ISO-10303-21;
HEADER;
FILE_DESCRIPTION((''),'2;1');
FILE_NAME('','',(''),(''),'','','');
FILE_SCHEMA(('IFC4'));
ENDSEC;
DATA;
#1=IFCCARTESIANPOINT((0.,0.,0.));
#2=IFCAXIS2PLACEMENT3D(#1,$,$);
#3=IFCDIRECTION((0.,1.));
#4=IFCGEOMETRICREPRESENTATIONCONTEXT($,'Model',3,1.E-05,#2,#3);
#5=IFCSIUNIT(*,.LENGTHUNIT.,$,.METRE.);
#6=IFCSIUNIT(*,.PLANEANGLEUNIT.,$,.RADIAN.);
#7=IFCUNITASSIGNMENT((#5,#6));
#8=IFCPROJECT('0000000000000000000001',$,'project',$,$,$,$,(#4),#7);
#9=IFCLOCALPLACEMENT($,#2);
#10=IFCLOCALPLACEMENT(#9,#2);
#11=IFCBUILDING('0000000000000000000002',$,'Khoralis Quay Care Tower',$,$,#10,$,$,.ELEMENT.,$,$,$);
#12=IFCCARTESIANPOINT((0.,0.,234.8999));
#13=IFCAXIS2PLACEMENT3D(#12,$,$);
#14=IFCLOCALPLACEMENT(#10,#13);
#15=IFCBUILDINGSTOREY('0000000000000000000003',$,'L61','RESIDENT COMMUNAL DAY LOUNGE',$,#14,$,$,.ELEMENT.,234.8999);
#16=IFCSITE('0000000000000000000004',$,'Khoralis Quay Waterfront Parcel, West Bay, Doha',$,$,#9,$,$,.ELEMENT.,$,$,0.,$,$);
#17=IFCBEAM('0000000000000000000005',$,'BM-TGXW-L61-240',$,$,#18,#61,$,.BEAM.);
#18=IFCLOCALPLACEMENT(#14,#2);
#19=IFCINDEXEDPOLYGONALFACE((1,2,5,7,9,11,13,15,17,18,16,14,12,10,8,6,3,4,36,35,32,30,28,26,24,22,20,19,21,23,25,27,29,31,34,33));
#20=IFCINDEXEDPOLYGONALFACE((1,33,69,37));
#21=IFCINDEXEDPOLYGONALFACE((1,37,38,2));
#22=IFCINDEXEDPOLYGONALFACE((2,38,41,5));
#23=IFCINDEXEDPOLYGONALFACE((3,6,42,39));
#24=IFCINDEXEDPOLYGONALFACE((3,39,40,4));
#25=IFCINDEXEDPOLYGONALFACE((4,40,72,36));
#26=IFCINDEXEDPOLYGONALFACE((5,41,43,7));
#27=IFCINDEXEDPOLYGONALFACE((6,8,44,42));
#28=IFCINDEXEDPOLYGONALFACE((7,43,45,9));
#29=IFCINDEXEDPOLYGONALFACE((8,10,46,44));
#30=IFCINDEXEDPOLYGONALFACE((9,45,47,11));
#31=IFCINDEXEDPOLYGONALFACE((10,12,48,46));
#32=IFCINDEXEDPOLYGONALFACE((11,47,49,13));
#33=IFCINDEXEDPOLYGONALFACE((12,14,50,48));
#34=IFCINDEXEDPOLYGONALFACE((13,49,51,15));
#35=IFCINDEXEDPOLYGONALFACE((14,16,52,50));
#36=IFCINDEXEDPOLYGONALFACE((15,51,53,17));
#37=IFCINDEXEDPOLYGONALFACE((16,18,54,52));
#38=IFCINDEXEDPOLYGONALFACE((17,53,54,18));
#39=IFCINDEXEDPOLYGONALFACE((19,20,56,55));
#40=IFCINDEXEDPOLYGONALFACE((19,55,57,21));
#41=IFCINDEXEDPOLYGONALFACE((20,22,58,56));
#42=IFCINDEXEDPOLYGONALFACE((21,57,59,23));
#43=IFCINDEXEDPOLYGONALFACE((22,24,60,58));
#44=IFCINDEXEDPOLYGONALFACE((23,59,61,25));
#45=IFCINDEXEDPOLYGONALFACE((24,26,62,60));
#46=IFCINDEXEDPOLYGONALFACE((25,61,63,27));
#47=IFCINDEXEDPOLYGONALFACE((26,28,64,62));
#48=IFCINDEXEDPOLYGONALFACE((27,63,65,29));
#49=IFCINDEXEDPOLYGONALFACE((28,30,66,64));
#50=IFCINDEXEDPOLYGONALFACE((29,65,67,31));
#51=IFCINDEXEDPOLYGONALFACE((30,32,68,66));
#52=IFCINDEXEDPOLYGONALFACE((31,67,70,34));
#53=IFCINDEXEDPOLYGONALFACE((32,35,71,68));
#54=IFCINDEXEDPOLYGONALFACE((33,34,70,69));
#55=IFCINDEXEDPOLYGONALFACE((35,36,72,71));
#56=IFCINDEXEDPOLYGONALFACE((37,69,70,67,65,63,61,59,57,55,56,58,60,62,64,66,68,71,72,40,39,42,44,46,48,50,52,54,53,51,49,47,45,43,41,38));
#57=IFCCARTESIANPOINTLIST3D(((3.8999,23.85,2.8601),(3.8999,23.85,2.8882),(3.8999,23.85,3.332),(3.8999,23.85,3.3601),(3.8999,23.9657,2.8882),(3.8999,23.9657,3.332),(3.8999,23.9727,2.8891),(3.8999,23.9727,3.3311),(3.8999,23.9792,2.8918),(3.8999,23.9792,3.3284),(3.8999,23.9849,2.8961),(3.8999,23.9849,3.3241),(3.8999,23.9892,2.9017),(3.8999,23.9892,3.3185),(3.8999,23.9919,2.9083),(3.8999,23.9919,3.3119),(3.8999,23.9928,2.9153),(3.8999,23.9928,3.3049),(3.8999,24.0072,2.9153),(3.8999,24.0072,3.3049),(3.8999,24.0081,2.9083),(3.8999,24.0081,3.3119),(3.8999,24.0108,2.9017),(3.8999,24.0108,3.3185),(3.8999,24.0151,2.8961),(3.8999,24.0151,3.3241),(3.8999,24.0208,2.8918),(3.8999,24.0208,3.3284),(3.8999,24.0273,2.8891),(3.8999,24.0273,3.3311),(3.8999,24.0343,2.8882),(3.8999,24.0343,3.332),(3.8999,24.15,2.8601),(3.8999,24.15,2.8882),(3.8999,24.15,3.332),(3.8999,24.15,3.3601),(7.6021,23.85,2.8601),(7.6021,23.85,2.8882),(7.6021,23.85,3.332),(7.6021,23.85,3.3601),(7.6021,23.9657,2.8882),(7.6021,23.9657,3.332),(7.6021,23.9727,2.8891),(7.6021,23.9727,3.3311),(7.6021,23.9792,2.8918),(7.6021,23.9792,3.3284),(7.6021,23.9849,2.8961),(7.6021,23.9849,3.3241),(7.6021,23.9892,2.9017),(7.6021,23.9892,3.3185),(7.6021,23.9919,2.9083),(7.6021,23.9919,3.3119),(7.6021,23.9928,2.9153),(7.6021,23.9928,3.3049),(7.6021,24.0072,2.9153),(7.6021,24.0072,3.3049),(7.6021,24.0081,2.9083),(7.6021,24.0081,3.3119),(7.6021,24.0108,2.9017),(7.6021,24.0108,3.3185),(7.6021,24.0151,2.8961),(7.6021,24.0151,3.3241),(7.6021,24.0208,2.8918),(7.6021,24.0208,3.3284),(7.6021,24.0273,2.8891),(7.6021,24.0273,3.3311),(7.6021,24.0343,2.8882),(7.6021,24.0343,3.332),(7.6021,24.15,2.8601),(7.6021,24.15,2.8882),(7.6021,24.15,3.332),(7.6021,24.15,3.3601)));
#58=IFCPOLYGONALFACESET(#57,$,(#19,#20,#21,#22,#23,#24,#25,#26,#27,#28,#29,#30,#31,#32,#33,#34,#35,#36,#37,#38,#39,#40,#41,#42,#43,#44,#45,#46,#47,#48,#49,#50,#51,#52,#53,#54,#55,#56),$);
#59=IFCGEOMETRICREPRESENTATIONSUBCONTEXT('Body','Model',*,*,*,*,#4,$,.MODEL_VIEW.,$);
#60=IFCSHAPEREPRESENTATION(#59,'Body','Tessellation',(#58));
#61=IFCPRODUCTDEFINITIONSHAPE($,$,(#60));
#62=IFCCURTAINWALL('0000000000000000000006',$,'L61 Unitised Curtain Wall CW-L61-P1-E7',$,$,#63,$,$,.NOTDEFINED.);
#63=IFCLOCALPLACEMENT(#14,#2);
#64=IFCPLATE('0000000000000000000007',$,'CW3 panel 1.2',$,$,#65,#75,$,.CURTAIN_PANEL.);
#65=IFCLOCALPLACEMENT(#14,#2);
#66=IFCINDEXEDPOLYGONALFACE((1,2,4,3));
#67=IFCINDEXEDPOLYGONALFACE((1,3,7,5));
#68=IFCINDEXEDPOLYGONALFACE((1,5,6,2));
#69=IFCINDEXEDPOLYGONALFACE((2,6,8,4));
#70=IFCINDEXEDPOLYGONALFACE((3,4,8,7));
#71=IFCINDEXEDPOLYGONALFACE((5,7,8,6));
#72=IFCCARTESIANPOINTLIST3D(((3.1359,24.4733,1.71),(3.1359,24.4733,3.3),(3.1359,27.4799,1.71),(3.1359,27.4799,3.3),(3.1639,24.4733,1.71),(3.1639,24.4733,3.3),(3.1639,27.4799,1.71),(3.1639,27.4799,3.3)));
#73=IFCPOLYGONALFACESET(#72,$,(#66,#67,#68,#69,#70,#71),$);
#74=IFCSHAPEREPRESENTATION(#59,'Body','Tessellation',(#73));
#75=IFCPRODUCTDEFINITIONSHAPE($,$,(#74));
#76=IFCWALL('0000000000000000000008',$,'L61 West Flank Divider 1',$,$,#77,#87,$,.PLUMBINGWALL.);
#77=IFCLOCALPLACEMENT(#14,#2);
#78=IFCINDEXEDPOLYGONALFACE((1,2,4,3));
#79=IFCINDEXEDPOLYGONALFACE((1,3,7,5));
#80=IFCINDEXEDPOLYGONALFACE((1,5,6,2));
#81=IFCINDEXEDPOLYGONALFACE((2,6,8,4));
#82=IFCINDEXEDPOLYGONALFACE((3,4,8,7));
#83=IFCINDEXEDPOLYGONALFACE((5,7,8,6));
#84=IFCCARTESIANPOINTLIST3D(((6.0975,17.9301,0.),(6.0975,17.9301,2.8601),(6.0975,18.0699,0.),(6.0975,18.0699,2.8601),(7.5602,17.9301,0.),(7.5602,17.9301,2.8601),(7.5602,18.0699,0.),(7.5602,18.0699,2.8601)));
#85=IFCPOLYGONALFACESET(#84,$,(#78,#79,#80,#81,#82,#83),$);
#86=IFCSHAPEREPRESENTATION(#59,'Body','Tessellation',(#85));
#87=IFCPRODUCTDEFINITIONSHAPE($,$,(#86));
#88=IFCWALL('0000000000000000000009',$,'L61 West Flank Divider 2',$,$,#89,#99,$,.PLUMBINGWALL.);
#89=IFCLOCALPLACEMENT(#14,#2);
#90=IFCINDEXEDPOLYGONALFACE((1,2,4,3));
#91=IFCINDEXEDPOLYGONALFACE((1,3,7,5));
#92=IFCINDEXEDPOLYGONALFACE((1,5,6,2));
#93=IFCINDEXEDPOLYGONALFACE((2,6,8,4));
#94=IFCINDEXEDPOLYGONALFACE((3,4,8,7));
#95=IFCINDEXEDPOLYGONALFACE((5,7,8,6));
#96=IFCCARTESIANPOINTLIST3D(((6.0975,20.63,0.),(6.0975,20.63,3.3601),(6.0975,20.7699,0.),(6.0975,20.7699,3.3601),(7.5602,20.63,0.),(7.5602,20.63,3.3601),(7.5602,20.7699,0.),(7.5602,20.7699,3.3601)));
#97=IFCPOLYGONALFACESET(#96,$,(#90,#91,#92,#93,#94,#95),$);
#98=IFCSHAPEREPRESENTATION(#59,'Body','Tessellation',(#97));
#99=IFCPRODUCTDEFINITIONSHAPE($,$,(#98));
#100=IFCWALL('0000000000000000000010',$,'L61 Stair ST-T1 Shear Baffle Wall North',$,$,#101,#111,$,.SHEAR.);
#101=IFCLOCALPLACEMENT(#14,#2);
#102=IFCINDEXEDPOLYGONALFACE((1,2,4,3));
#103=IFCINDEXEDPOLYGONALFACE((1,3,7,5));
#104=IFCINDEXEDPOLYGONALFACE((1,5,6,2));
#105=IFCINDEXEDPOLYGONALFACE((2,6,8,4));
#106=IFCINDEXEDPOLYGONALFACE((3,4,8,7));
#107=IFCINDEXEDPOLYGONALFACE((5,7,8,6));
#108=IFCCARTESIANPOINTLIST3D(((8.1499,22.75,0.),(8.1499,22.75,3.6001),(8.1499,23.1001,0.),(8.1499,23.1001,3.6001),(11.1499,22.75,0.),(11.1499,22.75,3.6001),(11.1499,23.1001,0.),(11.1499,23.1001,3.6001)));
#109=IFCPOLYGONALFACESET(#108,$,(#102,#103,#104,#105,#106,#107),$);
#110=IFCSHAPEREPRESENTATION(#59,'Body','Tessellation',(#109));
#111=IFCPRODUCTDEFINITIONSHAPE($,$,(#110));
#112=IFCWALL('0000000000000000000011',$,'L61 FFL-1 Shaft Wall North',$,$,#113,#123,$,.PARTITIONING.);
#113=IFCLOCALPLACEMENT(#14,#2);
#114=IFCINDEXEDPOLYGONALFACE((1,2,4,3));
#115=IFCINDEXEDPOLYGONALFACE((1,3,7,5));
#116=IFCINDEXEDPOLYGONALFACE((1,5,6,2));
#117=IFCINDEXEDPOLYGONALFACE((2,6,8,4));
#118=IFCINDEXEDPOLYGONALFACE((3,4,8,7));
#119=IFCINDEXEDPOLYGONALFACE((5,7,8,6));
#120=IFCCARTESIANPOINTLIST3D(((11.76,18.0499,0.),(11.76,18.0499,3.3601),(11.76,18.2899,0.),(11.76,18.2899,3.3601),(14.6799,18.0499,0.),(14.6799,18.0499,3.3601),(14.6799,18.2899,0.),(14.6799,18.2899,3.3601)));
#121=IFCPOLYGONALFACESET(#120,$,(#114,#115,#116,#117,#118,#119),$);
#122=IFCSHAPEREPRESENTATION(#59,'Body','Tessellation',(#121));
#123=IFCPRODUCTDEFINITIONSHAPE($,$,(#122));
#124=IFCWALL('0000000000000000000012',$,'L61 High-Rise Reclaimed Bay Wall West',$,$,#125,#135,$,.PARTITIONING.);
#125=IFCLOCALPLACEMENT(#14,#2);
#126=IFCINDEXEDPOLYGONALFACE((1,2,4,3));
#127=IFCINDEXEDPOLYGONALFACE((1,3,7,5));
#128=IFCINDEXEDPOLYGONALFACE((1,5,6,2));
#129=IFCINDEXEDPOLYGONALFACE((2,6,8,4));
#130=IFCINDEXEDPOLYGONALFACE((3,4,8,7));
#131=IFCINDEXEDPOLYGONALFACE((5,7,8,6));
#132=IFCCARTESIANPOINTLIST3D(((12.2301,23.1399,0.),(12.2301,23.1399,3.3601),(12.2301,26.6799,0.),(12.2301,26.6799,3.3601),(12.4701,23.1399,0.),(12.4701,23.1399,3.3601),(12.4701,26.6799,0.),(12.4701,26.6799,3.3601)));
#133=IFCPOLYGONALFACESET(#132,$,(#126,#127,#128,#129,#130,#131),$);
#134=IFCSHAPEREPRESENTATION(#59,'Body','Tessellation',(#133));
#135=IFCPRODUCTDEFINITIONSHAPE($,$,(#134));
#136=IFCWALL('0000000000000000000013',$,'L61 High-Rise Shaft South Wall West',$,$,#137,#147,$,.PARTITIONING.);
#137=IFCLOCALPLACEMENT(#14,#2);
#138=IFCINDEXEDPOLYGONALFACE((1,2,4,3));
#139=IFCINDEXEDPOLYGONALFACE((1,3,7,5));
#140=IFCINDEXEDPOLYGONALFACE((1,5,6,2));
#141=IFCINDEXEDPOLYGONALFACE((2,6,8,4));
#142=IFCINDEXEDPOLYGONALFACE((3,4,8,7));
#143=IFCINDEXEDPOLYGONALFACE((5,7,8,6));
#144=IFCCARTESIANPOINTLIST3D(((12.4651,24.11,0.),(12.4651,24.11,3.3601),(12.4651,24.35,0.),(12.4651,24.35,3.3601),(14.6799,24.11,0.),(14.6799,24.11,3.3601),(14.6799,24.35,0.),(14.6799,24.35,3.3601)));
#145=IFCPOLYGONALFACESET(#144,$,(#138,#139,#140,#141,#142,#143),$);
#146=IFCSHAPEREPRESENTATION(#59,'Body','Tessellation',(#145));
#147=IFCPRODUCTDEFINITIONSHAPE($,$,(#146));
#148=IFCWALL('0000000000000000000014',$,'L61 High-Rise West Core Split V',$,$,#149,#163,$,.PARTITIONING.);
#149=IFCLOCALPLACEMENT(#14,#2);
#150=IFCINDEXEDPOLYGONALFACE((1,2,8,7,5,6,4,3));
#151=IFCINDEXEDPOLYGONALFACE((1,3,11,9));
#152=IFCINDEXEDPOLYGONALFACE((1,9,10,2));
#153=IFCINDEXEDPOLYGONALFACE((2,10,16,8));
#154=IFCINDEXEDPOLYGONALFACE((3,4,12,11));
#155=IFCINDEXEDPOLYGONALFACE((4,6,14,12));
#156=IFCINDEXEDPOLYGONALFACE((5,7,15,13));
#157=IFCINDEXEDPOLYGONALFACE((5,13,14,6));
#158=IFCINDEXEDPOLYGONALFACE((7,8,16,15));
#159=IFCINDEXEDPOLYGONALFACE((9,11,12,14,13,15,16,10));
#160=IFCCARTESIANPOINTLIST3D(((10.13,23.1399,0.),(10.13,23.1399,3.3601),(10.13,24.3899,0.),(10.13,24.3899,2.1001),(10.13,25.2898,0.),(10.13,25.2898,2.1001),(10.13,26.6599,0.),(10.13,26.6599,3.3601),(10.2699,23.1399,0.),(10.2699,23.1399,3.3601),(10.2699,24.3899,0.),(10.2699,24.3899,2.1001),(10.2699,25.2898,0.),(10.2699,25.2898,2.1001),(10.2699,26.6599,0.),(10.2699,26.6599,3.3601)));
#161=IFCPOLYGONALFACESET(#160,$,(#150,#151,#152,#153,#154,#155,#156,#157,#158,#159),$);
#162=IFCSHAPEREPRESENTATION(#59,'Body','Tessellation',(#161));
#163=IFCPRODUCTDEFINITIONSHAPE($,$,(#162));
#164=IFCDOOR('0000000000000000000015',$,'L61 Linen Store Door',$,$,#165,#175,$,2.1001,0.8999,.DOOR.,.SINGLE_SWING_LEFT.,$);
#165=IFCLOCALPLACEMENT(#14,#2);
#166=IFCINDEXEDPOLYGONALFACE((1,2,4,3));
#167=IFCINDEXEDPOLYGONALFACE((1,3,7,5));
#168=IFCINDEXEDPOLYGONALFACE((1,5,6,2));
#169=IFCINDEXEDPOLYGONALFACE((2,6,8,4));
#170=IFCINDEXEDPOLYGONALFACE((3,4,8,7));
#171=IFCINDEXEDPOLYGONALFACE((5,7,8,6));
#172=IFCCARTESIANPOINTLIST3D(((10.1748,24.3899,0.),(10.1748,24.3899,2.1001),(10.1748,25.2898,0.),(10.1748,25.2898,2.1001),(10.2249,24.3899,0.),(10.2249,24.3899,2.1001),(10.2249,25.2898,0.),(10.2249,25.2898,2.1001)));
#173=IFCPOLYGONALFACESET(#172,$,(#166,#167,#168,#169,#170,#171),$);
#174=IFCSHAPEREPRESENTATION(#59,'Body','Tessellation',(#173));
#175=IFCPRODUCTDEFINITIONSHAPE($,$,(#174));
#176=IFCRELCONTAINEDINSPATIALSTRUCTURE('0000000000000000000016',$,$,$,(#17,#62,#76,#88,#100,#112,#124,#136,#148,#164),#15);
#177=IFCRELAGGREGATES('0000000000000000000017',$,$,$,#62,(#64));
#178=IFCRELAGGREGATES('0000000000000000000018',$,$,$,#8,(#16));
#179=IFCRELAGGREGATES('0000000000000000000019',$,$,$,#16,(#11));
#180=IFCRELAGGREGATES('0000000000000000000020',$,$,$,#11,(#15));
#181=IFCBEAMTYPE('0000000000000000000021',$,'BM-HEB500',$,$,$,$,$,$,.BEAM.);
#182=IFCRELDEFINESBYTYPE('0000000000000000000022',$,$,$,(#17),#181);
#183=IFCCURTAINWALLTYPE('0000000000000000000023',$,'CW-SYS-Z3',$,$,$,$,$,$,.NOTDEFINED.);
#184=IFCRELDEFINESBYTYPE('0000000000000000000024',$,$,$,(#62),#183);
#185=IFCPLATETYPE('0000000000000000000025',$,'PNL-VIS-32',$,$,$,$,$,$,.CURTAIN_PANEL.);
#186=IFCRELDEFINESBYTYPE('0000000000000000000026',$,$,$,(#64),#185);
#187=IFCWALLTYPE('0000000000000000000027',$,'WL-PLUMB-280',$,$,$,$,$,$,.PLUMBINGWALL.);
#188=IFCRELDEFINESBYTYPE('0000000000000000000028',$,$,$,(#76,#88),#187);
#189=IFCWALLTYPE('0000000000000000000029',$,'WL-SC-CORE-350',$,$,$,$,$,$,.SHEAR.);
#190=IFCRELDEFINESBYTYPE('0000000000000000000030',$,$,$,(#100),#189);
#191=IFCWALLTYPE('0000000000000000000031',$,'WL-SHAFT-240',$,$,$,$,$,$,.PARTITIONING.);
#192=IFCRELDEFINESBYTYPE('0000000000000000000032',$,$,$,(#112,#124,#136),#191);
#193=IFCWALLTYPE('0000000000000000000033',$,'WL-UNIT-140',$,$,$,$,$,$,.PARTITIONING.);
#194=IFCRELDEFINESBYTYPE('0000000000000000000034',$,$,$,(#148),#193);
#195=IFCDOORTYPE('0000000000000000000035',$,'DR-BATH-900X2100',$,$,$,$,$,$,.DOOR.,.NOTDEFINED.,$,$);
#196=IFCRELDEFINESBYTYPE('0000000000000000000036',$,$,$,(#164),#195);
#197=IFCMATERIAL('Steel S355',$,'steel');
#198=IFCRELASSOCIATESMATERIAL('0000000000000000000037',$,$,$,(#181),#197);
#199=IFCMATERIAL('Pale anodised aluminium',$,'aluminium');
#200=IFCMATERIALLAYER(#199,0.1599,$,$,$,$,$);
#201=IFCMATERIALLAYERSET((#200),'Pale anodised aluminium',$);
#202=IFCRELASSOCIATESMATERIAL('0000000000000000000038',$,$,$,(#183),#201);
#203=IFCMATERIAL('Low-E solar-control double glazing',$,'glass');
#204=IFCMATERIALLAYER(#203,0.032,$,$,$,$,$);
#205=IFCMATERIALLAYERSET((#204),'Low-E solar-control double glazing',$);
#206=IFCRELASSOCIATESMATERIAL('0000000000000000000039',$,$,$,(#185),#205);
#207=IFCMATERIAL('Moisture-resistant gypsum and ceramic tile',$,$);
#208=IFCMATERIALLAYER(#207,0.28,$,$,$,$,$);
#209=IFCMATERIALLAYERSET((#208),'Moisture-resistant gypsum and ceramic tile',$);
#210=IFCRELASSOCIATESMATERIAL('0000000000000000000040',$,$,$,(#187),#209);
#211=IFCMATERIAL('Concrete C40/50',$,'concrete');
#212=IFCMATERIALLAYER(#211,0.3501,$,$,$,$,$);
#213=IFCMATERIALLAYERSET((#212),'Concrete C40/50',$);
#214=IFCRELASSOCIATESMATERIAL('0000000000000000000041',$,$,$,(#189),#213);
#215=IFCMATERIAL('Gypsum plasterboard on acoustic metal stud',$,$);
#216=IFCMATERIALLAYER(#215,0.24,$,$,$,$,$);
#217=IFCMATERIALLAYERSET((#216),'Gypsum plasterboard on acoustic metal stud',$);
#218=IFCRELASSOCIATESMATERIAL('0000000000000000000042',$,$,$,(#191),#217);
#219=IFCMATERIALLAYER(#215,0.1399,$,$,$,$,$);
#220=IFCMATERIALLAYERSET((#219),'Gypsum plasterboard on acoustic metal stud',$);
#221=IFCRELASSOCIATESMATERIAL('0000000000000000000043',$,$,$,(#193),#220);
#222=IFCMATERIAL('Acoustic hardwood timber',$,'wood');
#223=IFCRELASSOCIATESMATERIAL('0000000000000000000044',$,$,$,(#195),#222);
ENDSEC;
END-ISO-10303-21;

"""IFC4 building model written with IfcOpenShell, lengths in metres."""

from ifc_helpers import new_model, si_unit, direction, frame, frame_2d, origin, origin_2d, place, context, subcontext, project, spatial, rectangle, i_section, extrude, source, transform, mapped, material, layer, layer_set, material_profile, profile_set, type_object, element, fill, aggregate, save


model = new_model("IFC4")

# Units and contexts
model_context = context("Model", 3, precision=1e-05, world=origin(), true_north=direction((0.0, 1.0)))
body_context = subcontext(model_context, "Body", "Model", "MODEL_VIEW")
ifc_project = project(units=[si_unit("LENGTHUNIT", "METRE"), si_unit("PLANEANGLEUNIT", "RADIAN")], contexts=[model_context])

# Site, building, storey
site_placement = place(None, origin())
site = spatial("IfcSite", under=ifc_project, at=site_placement, Name="Khoralis Quay Waterfront Parcel, West Bay, Doha", CompositionType="ELEMENT", RefElevation=0.0)
building_placement = place(site_placement, origin())
building = spatial("IfcBuilding", under=site, at=building_placement, Name="Khoralis Quay Care Tower", CompositionType="ELEMENT")
storey_placement = place(building_placement, frame((0.0, 0.0, 234.8999)))
storey = spatial("IfcBuildingStorey", under=building, at=storey_placement, Name="L61", Description="RESIDENT COMMUNAL DAY LOUNGE", CompositionType="ELEMENT", Elevation=234.8999)

# Beam
ifc_material_1 = material(Name="Steel S355", Category="steel")
ifc_material_profile_1 = material_profile(ifc_material_1, i_section(OverallWidth=0.3, OverallDepth=0.5, WebThickness=0.0144, FlangeThickness=0.0281, FilletRadius=0.0271, at=origin_2d()), Name="Steel S355")
ifc_profile_set_1 = profile_set([ifc_material_profile_1], Name="Steel S355")
beam_type_1 = type_object("IfcBeamType", Name="BM-HEB500", PredefinedType="BEAM", material=ifc_profile_set_1)
shared_shape_1 = source(origin(), body_context, "Body", "SweptSolid", [
    extrude(i_section(OverallWidth=0.3, OverallDepth=0.5, WebThickness=0.0144, FlangeThickness=0.0281, FilletRadius=0.0271, at=origin_2d()), origin(), (0.0, 0.0, 1.0), 3.7021),
])
for number, where, z_axis, x_axis, name in (
    (1, (3.8999, 24.0, 3.1101), (1.0, 0.0, 0.0), (0.0, 1.0, 0.0), "BM-TGXW-L61-240"),
):
    element("IfcBeam", number, at=place(storey_placement, frame(where, z_axis=z_axis, x_axis=x_axis)), inside=storey, type_object=beam_type_1, Name=name, PredefinedType="BEAM", context=body_context, shape_type="MappedRepresentation", body=[
        mapped(shared_shape_1, transform((0.0, 0.0, 0.0), scale=1.0)),
    ])

# Curtain wall, plate
ifc_material_2 = material(Name="Pale anodised aluminium", Category="aluminium")
ifc_layer_1 = layer(ifc_material_2, 0.1599)
ifc_layer_set_1 = layer_set([ifc_layer_1], Name="Pale anodised aluminium")
curtain_wall_type = type_object("IfcCurtainWallType", Name="CW-SYS-Z3", PredefinedType="NOTDEFINED", material=ifc_layer_set_1)
curtain_wall_placement = place(storey_placement, origin())
curtain_wall = element("IfcCurtainWall", 2, at=curtain_wall_placement, inside=storey, type_object=curtain_wall_type, Name="L61 Unitised Curtain Wall CW-L61-P1-E7", PredefinedType="NOTDEFINED")
ifc_material_3 = material(Name="Low-E solar-control double glazing", Category="glass")
ifc_layer_2 = layer(ifc_material_3, 0.032)
ifc_layer_set_2 = layer_set([ifc_layer_2], Name="Low-E solar-control double glazing")
plate_type = type_object("IfcPlateType", Name="PNL-VIS-32", PredefinedType="CURTAIN_PANEL", material=ifc_layer_set_2)
shared_shape_2 = source(origin(), body_context, "Body", "SweptSolid", [
    extrude(rectangle(XDim=3.0066, YDim=0.0281, at=origin_2d()), origin(), (0.0, 0.0, 1.0), 1.5901),
])
plate_placement = place(storey_placement, frame((3.1499, 25.9766, 1.71), z_axis=(0.0, 0.0, 1.0), x_axis=(0.0, -1.0, 0.0)))
plate = element("IfcPlate", 3, at=plate_placement, type_object=plate_type, Name="CW3 panel 1.2", PredefinedType="CURTAIN_PANEL", context=body_context, shape_type="MappedRepresentation", body=[
    mapped(shared_shape_2, transform((0.0, 0.0, 0.0), scale=1.0)),
])
aggregate(curtain_wall, [plate])

# Walls
ifc_material_4 = material(Name="Moisture-resistant gypsum and ceramic tile")
ifc_layer_3 = layer(ifc_material_4, 0.28)
ifc_layer_set_3 = layer_set([ifc_layer_3], Name="Moisture-resistant gypsum and ceramic tile")
wall_type_1 = type_object("IfcWallType", Name="WL-PLUMB-280", PredefinedType="PLUMBINGWALL", material=ifc_layer_set_3)
wall_1_placement = place(storey_placement, frame((6.0974, 18.0, 0.0), z_axis=(0.0, 0.0, 1.0), x_axis=(1.0, 0.0, 0.0)))
element("IfcWall", 4, at=wall_1_placement, inside=storey, type_object=wall_type_1, Name="L61 West Flank Divider 1", PredefinedType="PLUMBINGWALL", context=body_context, shape_type="SweptSolid", body=[
    extrude(rectangle(XDim=1.4626, YDim=0.1399, at=frame_2d((0.7314, 0.0))), origin(), (0.0, 0.0, 1.0), 2.8601),
])
wall_2_placement = place(storey_placement, frame((6.0974, 20.7, 0.0), z_axis=(0.0, 0.0, 1.0), x_axis=(1.0, 0.0, 0.0)))
element("IfcWall", 5, at=wall_2_placement, inside=storey, type_object=wall_type_1, Name="L61 West Flank Divider 2", PredefinedType="PLUMBINGWALL", context=body_context, shape_type="SweptSolid", body=[
    extrude(rectangle(XDim=1.4626, YDim=0.1399, at=frame_2d((0.7314, 0.0))), origin(), (0.0, 0.0, 1.0), 3.3601),
])
ifc_material_5 = material(Name="Concrete C40/50", Category="concrete")
ifc_layer_4 = layer(ifc_material_5, 0.3501)
ifc_layer_set_4 = layer_set([ifc_layer_4], Name="Concrete C40/50")
wall_type_2 = type_object("IfcWallType", Name="WL-SC-CORE-350", PredefinedType="SHEAR", material=ifc_layer_set_4)
wall_3_placement = place(storey_placement, frame((8.1499, 22.925, 0.0), z_axis=(0.0, 0.0, 1.0), x_axis=(1.0, 0.0, 0.0)))
element("IfcWall", 6, at=wall_3_placement, inside=storey, type_object=wall_type_2, Name="L61 Stair ST-T1 Shear Baffle Wall North", PredefinedType="SHEAR", context=body_context, shape_type="SweptSolid", body=[
    extrude(rectangle(XDim=3.0, YDim=0.3501, at=frame_2d((1.5, 0.0))), origin(), (0.0, 0.0, 1.0), 3.6001),
])
ifc_material_6 = material(Name="Gypsum plasterboard on acoustic metal stud")
ifc_layer_5 = layer(ifc_material_6, 0.24)
ifc_layer_set_5 = layer_set([ifc_layer_5], Name="Gypsum plasterboard on acoustic metal stud")
wall_type_3 = type_object("IfcWallType", Name="WL-SHAFT-240", PredefinedType="PARTITIONING", material=ifc_layer_set_5)
wall_4_placement = place(storey_placement, frame((11.76, 18.1699, 0.0), z_axis=(0.0, 0.0, 1.0), x_axis=(1.0, 0.0, 0.0)))
element("IfcWall", 7, at=wall_4_placement, inside=storey, type_object=wall_type_3, Name="L61 FFL-1 Shaft Wall North", PredefinedType="PARTITIONING", context=body_context, shape_type="SweptSolid", body=[
    extrude(rectangle(XDim=2.9199, YDim=0.24, at=frame_2d((1.46, 0.0))), origin(), (0.0, 0.0, 1.0), 3.3601),
])
wall_5_placement = place(storey_placement, frame((12.3501, 23.1399, 0.0), z_axis=(0.0, 0.0, 1.0), x_axis=(0.0, 1.0, 0.0)))
element("IfcWall", 8, at=wall_5_placement, inside=storey, type_object=wall_type_3, Name="L61 High-Rise Reclaimed Bay Wall West", PredefinedType="PARTITIONING", context=body_context, shape_type="SweptSolid", body=[
    extrude(rectangle(XDim=3.54, YDim=0.24, at=frame_2d((1.77, 0.0))), origin(), (0.0, 0.0, 1.0), 3.3601),
])
wall_6_placement = place(storey_placement, frame((12.4651, 24.23, 0.0), z_axis=(0.0, 0.0, 1.0), x_axis=(1.0, 0.0, 0.0)))
element("IfcWall", 9, at=wall_6_placement, inside=storey, type_object=wall_type_3, Name="L61 High-Rise Shaft South Wall West", PredefinedType="PARTITIONING", context=body_context, shape_type="SweptSolid", body=[
    extrude(rectangle(XDim=2.2148, YDim=0.24, at=frame_2d((1.1074, 0.0))), origin(), (0.0, 0.0, 1.0), 3.3601),
])

# Wall, opening, door
ifc_layer_6 = layer(ifc_material_6, 0.1399)
ifc_layer_set_6 = layer_set([ifc_layer_6], Name="Gypsum plasterboard on acoustic metal stud")
wall_type_4 = type_object("IfcWallType", Name="WL-UNIT-140", PredefinedType="PARTITIONING", material=ifc_layer_set_6)
wall_7_placement = place(storey_placement, frame((10.2, 23.1399, 0.0), z_axis=(0.0, 0.0, 1.0), x_axis=(0.0, 1.0, 0.0)))
wall_7 = element("IfcWall", 10, at=wall_7_placement, inside=storey, type_object=wall_type_4, Name="L61 High-Rise West Core Split V", PredefinedType="PARTITIONING", context=body_context, shape_type="SweptSolid", body=[
    extrude(rectangle(XDim=3.52, YDim=0.1399, at=frame_2d((1.76, 0.0))), origin(), (0.0, 0.0, 1.0), 3.3601),
])
opening_placement = place(wall_7_placement, frame((1.25, 0.0, 0.0)))
opening = element("IfcOpeningElement", 11, at=opening_placement, cuts=wall_7, PredefinedType="OPENING", context=body_context, shape_type="SweptSolid", body=[
    extrude(rectangle(XDim=0.8999, YDim=2.1001, at=frame_2d((0.45, 1.05))), frame((0.0, 0.0801, 0.0), z_axis=(0.0, -1.0, 0.0), x_axis=(1.0, 0.0, 0.0)), (0.0, 0.0, 1.0), 0.1599),
])
ifc_material_7 = material(Name="Acoustic hardwood timber", Category="wood")
door_type = type_object("IfcDoorType", Name="DR-BATH-900X2100", OperationType="NOTDEFINED", PredefinedType="DOOR", material=ifc_material_7)
shared_shape_3 = source(origin(), body_context, "Body", "SweptSolid", [
    extrude(rectangle(XDim=0.8999, YDim=2.1001, at=frame_2d((0.45, 1.05))), frame((0.0, 0.0249, 0.0), z_axis=(0.0, -1.0, 0.0), x_axis=(1.0, 0.0, 0.0)), (0.0, 0.0, 1.0), 0.05),
])
door_placement = place(opening_placement, frame((0.8999, 0.0, 0.0), z_axis=(0.0, 0.0, 1.0), x_axis=(-1.0, 0.0, 0.0)))
door = element("IfcDoor", 12, at=door_placement, inside=storey, type_object=door_type, Name="L61 Linen Store Door", OperationType="SINGLE_SWING_LEFT", OverallHeight=2.1001, OverallWidth=0.8999, PredefinedType="DOOR", context=body_context, shape_type="MappedRepresentation", body=[
    mapped(shared_shape_3, transform((0.0, 0.0, 0.0), scale=1.0)),
])
fill(opening, door)

save(model, "model.ifc")
